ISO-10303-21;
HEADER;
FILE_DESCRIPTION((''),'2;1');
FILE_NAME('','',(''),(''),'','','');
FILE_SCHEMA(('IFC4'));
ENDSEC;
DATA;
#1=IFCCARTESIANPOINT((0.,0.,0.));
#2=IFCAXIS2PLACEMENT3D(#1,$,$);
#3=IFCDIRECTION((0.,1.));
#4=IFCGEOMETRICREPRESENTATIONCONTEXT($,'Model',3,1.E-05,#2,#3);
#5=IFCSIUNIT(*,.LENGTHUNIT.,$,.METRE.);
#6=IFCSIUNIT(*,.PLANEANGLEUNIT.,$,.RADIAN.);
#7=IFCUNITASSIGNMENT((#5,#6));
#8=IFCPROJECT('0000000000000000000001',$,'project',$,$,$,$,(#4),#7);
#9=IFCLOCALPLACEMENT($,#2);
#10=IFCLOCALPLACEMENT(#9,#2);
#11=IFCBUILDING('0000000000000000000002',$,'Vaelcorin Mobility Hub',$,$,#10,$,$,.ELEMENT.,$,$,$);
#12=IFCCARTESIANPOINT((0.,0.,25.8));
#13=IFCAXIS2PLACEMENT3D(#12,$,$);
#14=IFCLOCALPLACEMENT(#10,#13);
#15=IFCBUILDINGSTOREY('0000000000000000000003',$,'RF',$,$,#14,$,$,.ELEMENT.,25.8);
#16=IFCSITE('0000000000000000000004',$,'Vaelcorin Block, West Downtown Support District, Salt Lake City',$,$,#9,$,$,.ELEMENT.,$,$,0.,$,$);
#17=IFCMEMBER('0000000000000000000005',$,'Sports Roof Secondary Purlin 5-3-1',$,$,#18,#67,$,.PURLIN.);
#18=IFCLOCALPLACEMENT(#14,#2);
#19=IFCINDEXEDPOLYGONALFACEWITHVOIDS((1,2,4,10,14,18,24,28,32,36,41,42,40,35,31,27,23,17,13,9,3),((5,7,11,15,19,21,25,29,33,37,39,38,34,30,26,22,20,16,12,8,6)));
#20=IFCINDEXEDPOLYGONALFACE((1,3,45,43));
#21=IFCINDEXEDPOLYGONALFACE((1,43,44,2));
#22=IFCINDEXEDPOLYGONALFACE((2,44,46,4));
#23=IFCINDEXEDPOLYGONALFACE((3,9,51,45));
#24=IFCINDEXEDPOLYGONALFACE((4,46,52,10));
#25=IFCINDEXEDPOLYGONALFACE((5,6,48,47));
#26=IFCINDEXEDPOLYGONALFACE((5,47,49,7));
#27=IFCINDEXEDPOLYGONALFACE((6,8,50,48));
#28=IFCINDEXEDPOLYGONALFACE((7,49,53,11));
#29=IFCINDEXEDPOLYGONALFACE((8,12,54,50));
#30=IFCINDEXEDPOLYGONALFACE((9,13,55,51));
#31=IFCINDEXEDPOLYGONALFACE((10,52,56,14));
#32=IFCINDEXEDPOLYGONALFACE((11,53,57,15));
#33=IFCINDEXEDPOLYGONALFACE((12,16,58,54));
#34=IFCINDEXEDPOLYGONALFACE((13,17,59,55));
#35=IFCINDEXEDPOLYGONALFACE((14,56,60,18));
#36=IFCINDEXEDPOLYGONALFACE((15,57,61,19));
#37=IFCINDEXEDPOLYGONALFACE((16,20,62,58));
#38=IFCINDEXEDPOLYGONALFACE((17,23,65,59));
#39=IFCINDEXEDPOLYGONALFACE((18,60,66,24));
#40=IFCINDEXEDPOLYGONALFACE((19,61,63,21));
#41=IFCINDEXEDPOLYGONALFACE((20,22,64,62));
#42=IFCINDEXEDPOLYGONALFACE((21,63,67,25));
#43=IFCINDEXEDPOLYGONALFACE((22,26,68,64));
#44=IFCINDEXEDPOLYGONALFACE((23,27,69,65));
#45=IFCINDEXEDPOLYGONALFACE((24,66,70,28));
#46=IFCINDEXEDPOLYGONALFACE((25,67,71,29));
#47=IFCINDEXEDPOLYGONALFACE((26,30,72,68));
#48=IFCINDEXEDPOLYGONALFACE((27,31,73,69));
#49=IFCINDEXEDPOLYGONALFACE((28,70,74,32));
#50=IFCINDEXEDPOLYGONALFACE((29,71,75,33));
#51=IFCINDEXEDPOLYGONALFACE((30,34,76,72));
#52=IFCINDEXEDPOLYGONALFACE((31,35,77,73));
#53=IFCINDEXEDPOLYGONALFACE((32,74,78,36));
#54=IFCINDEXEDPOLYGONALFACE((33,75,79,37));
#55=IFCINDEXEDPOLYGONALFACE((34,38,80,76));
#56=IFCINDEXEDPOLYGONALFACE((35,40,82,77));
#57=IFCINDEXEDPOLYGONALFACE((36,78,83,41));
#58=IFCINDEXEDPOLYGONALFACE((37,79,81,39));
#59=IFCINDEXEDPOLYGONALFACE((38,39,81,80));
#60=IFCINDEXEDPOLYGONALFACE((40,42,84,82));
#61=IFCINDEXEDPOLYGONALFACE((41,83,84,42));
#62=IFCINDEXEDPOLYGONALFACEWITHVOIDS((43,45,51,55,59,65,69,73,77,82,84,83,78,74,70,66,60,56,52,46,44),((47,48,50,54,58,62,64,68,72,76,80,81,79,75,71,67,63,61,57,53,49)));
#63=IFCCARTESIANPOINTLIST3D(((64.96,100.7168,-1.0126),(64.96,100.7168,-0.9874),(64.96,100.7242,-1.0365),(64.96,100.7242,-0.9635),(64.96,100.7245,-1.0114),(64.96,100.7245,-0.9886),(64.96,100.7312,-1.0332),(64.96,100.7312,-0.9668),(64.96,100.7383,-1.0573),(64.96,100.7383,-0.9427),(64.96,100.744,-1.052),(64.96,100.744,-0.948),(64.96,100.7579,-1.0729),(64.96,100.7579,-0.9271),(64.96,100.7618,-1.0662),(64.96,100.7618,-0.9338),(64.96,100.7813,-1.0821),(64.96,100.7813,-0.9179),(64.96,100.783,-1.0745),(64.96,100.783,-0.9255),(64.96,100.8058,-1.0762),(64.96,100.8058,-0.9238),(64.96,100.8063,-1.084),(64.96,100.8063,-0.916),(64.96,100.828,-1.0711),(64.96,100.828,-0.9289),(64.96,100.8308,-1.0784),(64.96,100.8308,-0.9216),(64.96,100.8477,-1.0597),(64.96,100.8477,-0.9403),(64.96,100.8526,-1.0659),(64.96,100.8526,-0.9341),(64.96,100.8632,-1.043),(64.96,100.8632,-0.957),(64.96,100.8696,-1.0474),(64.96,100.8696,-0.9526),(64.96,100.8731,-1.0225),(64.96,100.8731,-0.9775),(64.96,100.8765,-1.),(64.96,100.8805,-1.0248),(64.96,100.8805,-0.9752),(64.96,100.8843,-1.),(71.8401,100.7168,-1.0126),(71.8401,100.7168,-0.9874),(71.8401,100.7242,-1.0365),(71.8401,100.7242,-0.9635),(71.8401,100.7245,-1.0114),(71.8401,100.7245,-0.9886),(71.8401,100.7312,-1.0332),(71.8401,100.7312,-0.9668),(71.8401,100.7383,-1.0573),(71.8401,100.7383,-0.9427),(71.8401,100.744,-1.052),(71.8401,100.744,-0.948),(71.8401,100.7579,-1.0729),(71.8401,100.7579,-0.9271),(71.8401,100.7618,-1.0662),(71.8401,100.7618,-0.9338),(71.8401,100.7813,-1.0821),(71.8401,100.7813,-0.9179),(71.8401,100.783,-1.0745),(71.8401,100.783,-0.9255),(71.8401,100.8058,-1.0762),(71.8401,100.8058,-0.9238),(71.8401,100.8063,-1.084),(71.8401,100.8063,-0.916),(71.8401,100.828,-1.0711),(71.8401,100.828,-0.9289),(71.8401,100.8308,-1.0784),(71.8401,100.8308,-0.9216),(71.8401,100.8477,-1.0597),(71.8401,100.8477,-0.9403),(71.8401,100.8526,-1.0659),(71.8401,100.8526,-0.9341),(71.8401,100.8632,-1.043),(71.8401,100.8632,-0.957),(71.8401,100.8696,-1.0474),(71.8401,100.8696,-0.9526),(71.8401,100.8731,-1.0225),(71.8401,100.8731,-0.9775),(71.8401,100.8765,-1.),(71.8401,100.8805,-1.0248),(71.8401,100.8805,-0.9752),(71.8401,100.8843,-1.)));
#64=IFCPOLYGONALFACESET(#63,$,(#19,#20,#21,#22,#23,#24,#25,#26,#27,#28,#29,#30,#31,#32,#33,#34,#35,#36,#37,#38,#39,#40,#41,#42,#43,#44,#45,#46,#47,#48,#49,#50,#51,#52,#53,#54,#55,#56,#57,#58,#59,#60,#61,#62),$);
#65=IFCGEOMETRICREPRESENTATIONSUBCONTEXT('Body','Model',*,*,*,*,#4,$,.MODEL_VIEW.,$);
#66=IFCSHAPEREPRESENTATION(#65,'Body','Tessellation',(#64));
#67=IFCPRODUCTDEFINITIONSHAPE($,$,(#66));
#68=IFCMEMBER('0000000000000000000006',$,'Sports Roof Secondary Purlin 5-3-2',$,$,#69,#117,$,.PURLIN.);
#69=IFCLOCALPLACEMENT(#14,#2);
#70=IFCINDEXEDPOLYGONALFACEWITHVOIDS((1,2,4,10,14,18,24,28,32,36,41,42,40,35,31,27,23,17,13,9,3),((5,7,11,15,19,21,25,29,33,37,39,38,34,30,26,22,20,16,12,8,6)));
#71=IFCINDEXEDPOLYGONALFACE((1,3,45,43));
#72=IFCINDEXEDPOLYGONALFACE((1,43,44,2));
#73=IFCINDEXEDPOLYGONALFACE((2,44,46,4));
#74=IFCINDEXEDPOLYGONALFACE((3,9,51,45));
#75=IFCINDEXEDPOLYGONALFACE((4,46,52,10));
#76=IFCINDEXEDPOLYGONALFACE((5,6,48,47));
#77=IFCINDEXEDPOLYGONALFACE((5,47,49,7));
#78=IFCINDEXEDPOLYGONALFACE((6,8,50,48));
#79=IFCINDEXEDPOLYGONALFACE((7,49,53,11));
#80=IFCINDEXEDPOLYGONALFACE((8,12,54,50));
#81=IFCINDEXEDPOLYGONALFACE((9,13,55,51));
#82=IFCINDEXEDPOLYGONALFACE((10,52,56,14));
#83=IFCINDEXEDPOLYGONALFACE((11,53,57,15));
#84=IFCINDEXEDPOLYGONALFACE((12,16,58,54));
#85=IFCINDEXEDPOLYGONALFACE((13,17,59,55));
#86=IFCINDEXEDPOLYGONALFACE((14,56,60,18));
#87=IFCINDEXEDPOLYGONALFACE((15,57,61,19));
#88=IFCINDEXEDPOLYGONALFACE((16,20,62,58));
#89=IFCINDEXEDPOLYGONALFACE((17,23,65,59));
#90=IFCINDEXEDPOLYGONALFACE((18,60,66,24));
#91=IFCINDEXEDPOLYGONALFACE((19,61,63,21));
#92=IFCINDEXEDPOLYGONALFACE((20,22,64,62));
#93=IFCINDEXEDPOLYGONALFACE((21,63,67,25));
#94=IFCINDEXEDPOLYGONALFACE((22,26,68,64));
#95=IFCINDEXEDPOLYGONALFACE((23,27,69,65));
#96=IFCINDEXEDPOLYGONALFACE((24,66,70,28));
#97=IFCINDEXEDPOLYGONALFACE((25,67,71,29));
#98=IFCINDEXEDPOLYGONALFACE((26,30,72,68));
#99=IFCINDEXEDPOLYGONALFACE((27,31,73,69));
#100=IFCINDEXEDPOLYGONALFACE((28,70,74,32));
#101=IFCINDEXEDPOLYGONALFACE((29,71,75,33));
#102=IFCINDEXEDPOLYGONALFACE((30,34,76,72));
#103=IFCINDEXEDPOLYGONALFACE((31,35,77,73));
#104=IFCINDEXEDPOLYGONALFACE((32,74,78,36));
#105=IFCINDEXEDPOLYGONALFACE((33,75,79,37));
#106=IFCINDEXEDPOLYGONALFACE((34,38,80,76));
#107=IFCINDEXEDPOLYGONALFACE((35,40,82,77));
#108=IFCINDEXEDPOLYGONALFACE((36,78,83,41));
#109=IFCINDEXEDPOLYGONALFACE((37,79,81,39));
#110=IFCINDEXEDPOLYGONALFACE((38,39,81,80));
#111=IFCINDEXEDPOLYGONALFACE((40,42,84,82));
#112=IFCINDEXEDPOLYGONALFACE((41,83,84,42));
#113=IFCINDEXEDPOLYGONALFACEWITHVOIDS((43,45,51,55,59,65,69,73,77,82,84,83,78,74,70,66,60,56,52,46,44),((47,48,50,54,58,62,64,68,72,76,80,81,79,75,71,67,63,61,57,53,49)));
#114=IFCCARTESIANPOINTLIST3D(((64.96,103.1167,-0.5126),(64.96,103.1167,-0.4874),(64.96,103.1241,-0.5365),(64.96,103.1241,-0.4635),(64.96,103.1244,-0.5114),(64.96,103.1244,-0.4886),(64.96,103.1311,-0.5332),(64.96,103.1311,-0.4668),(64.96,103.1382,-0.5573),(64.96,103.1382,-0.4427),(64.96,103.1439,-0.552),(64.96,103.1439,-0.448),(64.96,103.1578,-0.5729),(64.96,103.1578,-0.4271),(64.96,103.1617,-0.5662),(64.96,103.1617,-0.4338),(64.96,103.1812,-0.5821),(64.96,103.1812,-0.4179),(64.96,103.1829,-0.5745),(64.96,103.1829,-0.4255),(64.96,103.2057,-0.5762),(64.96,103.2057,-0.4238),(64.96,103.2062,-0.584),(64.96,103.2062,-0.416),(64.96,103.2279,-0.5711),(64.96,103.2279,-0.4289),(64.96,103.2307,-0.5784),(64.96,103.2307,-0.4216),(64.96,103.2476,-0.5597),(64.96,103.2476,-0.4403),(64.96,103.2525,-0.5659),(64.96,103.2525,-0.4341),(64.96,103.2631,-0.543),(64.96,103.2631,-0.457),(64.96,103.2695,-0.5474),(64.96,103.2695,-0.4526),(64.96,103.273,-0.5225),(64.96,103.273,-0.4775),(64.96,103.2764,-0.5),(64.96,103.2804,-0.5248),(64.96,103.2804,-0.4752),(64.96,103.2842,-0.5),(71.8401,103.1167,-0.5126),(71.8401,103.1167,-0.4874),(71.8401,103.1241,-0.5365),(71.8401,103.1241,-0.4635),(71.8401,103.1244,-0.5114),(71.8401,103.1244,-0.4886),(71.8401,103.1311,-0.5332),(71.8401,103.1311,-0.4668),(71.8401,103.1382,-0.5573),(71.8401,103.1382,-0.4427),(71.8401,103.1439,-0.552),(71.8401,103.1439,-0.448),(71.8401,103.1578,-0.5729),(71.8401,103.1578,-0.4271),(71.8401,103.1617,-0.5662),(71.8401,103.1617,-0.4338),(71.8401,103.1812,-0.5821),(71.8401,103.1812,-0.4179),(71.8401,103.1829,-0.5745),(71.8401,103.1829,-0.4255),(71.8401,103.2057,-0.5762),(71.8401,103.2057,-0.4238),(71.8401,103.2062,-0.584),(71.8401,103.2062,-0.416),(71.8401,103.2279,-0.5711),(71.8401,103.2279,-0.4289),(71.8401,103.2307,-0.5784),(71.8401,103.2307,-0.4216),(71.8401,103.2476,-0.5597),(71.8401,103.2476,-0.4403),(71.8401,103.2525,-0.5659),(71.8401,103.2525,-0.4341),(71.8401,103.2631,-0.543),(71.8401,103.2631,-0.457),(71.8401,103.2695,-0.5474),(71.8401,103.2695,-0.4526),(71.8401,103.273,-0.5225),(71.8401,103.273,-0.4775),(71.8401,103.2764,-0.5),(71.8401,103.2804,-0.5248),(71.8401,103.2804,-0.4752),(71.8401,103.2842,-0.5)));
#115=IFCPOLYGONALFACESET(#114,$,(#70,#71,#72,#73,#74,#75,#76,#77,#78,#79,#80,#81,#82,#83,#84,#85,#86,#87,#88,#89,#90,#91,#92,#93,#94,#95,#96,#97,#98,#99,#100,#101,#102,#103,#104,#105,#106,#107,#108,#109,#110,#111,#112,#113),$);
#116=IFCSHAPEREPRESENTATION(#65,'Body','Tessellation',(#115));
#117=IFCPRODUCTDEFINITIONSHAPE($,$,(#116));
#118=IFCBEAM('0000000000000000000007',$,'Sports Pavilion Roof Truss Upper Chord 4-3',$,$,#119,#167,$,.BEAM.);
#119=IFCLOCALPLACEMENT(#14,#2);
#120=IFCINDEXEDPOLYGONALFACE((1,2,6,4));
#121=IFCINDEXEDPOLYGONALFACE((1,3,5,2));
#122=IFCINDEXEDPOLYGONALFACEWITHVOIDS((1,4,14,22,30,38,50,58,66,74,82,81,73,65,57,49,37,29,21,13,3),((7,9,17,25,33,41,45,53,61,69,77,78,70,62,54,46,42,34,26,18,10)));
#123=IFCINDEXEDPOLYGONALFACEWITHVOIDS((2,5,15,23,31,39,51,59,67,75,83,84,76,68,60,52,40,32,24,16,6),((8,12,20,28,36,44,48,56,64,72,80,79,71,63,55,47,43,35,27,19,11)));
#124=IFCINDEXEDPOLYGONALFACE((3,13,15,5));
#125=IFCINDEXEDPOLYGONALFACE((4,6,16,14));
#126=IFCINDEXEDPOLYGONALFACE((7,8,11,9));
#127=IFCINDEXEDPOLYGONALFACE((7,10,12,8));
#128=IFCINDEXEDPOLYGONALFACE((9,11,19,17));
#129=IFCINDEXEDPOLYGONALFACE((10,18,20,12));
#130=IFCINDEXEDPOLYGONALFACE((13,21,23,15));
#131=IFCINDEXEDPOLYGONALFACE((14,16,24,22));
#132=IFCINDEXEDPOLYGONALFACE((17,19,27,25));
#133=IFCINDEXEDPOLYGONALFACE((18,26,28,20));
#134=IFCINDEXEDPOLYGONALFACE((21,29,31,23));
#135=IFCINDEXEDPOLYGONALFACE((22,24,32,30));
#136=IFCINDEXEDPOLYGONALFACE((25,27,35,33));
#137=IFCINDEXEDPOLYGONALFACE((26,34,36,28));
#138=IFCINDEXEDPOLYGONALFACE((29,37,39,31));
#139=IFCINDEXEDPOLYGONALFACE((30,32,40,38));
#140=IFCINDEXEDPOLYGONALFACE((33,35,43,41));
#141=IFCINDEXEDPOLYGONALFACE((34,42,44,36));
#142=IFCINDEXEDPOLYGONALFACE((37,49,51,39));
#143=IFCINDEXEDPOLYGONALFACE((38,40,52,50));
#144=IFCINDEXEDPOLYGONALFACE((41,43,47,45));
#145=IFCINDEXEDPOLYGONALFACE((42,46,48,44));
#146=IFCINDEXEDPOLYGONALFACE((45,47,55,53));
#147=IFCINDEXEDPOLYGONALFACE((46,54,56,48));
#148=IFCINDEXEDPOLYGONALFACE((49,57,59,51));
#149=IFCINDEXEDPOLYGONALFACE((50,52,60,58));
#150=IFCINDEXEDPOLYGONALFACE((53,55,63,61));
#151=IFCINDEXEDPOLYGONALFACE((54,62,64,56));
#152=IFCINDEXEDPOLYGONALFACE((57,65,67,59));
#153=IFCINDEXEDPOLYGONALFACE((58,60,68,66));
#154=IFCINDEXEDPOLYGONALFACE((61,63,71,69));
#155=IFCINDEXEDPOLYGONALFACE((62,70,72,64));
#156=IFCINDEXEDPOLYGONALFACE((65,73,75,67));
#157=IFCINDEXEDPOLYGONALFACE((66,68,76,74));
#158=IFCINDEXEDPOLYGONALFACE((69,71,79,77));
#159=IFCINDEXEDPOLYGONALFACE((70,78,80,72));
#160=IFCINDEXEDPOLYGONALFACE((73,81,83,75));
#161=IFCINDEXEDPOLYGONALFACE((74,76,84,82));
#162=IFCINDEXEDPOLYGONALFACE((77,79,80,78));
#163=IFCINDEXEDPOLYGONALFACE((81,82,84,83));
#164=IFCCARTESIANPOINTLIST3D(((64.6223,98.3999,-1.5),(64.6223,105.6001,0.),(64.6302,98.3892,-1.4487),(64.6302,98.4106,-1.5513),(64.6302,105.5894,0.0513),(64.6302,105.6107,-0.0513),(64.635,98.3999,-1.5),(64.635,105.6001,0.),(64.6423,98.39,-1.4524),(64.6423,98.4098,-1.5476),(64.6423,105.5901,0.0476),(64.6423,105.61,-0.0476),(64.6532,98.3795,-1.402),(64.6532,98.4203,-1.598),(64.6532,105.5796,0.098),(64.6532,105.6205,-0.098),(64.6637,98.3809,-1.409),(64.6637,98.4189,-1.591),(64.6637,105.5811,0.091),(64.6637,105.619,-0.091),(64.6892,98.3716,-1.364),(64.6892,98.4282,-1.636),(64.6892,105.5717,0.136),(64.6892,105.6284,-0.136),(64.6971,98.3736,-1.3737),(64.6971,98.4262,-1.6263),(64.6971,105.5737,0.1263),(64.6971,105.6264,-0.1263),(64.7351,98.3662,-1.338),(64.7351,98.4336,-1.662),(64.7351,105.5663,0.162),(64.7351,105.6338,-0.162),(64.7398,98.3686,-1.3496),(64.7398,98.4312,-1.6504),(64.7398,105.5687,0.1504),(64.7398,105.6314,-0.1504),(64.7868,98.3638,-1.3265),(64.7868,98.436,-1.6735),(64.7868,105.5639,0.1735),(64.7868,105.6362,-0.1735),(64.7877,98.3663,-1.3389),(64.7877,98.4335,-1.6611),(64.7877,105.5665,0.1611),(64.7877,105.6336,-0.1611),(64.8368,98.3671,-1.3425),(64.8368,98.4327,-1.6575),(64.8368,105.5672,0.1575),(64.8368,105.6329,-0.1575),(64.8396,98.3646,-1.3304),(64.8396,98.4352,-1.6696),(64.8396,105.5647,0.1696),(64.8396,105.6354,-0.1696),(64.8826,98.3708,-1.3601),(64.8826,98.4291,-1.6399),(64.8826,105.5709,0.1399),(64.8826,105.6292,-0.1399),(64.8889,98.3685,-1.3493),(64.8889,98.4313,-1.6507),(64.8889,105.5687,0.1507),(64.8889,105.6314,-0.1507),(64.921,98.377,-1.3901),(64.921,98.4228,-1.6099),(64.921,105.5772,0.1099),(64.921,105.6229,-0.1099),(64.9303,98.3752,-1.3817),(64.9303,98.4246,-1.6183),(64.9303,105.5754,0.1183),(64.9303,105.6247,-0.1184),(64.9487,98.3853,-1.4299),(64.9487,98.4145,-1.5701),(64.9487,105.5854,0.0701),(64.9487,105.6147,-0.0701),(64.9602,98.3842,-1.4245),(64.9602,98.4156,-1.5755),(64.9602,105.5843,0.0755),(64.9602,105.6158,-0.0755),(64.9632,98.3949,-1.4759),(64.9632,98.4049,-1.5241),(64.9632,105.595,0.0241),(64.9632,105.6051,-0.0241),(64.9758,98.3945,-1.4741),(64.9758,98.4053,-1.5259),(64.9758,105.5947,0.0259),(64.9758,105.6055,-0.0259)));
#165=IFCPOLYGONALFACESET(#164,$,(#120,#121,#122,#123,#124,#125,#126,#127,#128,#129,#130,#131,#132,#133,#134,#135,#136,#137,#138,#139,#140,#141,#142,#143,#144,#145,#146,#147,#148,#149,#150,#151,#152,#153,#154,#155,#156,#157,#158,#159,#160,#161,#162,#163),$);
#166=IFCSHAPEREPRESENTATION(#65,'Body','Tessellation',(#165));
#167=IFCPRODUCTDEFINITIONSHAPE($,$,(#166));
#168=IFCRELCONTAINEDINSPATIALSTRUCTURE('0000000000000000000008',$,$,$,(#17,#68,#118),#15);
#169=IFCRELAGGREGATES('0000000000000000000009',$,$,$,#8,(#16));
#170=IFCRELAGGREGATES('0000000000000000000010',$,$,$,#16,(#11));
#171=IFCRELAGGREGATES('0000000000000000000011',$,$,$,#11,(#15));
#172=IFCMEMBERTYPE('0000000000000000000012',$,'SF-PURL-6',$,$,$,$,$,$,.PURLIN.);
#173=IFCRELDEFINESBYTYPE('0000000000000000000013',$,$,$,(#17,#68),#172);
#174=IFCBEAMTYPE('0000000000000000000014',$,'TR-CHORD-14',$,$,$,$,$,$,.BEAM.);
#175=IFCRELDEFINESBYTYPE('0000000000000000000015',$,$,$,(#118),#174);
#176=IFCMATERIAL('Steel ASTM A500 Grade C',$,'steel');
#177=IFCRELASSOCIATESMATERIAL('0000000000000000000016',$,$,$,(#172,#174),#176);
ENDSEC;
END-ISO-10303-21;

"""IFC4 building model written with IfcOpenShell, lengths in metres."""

from ifc_helpers import new_model, si_unit, direction, frame, origin, origin_2d, place, context, subcontext, project, spatial, hollow_circle, extrude, material, material_profile, profile_set, type_object, element, save


model = new_model("IFC4")

# Units and contexts
model_context = context("Model", 3, precision=1e-05, world=origin(), true_north=direction((0.0, 1.0)))
body_context = subcontext(model_context, "Body", "Model", "MODEL_VIEW")
ifc_project = project(units=[si_unit("LENGTHUNIT", "METRE"), si_unit("PLANEANGLEUNIT", "RADIAN")], contexts=[model_context])

# Site, building, storey
site_placement = place(None, origin())
site = spatial("IfcSite", under=ifc_project, at=site_placement, Name="Vaelcorin Block, West Downtown Support District, Salt Lake City", CompositionType="ELEMENT", RefElevation=0.0)
building_placement = place(site_placement, origin())
building = spatial("IfcBuilding", under=site, at=building_placement, Name="Vaelcorin Mobility Hub", CompositionType="ELEMENT")
storey_placement = place(building_placement, frame((0.0, 0.0, 25.8)))
storey = spatial("IfcBuildingStorey", under=building, at=storey_placement, Name="RF", CompositionType="ELEMENT", Elevation=25.8)

# Members
ifc_material_1 = material(Name="Steel ASTM A500 Grade C", Category="steel")
ifc_material_profile_1 = material_profile(ifc_material_1, hollow_circle(Radius=0.0842, WallThickness=0.0078, at=origin_2d()), Name="HSS6.625X0.312")
ifc_profile_set_1 = profile_set([ifc_material_profile_1], Name="Steel ASTM A500 Grade C")
member_type_1 = type_object("IfcMemberType", Name="SF-PURL-6", PredefinedType="PURLIN", material=ifc_profile_set_1)
for number, where, z_axis, x_axis, name in (
    (1, (64.96, 100.8, -1.0), (1.0, 0.0, 0.0), (0.0, 1.0, 0.0), "Sports Roof Secondary Purlin 5-3-1"),
    (2, (64.96, 103.2, -0.5), (1.0, 0.0, 0.0), (0.0, 1.0, 0.0), "Sports Roof Secondary Purlin 5-3-2"),
):
    element("IfcMember", number, at=place(storey_placement, frame(where, z_axis=z_axis, x_axis=x_axis)), inside=storey, type_object=member_type_1, Name=name, PredefinedType="PURLIN", context=body_context, shape_type="SweptSolid", body=[
        extrude(hollow_circle(Radius=0.0842, WallThickness=0.0078, at=origin_2d()), origin(), (0.0, 0.0, 1.0), 6.8801),
    ])

# Beam
ifc_material_profile_2 = material_profile(ifc_material_1, hollow_circle(Radius=0.1777, WallThickness=0.0127, at=origin_2d()), Name="HSS14.000X0.500")
ifc_profile_set_2 = profile_set([ifc_material_profile_2], Name="Steel ASTM A500 Grade C")
beam_type_1 = type_object("IfcBeamType", Name="TR-CHORD-14", PredefinedType="BEAM", material=ifc_profile_set_2)
beam_1_placement = place(storey_placement, frame((64.8, 98.3999, -1.5), z_axis=(0.0, 0.978982, 0.203949), x_axis=(-1.0, 0.0, 0.0)))
element("IfcBeam", 3, at=beam_1_placement, inside=storey, type_object=beam_type_1, Name="Sports Pavilion Roof Truss Upper Chord 4-3", PredefinedType="BEAM", context=body_context, shape_type="SweptSolid", body=[
    extrude(hollow_circle(Radius=0.1777, WallThickness=0.0127, at=origin_2d()), origin(), (0.0, 0.0, 1.0), 7.3547),
])

save(model, "model.ifc")
